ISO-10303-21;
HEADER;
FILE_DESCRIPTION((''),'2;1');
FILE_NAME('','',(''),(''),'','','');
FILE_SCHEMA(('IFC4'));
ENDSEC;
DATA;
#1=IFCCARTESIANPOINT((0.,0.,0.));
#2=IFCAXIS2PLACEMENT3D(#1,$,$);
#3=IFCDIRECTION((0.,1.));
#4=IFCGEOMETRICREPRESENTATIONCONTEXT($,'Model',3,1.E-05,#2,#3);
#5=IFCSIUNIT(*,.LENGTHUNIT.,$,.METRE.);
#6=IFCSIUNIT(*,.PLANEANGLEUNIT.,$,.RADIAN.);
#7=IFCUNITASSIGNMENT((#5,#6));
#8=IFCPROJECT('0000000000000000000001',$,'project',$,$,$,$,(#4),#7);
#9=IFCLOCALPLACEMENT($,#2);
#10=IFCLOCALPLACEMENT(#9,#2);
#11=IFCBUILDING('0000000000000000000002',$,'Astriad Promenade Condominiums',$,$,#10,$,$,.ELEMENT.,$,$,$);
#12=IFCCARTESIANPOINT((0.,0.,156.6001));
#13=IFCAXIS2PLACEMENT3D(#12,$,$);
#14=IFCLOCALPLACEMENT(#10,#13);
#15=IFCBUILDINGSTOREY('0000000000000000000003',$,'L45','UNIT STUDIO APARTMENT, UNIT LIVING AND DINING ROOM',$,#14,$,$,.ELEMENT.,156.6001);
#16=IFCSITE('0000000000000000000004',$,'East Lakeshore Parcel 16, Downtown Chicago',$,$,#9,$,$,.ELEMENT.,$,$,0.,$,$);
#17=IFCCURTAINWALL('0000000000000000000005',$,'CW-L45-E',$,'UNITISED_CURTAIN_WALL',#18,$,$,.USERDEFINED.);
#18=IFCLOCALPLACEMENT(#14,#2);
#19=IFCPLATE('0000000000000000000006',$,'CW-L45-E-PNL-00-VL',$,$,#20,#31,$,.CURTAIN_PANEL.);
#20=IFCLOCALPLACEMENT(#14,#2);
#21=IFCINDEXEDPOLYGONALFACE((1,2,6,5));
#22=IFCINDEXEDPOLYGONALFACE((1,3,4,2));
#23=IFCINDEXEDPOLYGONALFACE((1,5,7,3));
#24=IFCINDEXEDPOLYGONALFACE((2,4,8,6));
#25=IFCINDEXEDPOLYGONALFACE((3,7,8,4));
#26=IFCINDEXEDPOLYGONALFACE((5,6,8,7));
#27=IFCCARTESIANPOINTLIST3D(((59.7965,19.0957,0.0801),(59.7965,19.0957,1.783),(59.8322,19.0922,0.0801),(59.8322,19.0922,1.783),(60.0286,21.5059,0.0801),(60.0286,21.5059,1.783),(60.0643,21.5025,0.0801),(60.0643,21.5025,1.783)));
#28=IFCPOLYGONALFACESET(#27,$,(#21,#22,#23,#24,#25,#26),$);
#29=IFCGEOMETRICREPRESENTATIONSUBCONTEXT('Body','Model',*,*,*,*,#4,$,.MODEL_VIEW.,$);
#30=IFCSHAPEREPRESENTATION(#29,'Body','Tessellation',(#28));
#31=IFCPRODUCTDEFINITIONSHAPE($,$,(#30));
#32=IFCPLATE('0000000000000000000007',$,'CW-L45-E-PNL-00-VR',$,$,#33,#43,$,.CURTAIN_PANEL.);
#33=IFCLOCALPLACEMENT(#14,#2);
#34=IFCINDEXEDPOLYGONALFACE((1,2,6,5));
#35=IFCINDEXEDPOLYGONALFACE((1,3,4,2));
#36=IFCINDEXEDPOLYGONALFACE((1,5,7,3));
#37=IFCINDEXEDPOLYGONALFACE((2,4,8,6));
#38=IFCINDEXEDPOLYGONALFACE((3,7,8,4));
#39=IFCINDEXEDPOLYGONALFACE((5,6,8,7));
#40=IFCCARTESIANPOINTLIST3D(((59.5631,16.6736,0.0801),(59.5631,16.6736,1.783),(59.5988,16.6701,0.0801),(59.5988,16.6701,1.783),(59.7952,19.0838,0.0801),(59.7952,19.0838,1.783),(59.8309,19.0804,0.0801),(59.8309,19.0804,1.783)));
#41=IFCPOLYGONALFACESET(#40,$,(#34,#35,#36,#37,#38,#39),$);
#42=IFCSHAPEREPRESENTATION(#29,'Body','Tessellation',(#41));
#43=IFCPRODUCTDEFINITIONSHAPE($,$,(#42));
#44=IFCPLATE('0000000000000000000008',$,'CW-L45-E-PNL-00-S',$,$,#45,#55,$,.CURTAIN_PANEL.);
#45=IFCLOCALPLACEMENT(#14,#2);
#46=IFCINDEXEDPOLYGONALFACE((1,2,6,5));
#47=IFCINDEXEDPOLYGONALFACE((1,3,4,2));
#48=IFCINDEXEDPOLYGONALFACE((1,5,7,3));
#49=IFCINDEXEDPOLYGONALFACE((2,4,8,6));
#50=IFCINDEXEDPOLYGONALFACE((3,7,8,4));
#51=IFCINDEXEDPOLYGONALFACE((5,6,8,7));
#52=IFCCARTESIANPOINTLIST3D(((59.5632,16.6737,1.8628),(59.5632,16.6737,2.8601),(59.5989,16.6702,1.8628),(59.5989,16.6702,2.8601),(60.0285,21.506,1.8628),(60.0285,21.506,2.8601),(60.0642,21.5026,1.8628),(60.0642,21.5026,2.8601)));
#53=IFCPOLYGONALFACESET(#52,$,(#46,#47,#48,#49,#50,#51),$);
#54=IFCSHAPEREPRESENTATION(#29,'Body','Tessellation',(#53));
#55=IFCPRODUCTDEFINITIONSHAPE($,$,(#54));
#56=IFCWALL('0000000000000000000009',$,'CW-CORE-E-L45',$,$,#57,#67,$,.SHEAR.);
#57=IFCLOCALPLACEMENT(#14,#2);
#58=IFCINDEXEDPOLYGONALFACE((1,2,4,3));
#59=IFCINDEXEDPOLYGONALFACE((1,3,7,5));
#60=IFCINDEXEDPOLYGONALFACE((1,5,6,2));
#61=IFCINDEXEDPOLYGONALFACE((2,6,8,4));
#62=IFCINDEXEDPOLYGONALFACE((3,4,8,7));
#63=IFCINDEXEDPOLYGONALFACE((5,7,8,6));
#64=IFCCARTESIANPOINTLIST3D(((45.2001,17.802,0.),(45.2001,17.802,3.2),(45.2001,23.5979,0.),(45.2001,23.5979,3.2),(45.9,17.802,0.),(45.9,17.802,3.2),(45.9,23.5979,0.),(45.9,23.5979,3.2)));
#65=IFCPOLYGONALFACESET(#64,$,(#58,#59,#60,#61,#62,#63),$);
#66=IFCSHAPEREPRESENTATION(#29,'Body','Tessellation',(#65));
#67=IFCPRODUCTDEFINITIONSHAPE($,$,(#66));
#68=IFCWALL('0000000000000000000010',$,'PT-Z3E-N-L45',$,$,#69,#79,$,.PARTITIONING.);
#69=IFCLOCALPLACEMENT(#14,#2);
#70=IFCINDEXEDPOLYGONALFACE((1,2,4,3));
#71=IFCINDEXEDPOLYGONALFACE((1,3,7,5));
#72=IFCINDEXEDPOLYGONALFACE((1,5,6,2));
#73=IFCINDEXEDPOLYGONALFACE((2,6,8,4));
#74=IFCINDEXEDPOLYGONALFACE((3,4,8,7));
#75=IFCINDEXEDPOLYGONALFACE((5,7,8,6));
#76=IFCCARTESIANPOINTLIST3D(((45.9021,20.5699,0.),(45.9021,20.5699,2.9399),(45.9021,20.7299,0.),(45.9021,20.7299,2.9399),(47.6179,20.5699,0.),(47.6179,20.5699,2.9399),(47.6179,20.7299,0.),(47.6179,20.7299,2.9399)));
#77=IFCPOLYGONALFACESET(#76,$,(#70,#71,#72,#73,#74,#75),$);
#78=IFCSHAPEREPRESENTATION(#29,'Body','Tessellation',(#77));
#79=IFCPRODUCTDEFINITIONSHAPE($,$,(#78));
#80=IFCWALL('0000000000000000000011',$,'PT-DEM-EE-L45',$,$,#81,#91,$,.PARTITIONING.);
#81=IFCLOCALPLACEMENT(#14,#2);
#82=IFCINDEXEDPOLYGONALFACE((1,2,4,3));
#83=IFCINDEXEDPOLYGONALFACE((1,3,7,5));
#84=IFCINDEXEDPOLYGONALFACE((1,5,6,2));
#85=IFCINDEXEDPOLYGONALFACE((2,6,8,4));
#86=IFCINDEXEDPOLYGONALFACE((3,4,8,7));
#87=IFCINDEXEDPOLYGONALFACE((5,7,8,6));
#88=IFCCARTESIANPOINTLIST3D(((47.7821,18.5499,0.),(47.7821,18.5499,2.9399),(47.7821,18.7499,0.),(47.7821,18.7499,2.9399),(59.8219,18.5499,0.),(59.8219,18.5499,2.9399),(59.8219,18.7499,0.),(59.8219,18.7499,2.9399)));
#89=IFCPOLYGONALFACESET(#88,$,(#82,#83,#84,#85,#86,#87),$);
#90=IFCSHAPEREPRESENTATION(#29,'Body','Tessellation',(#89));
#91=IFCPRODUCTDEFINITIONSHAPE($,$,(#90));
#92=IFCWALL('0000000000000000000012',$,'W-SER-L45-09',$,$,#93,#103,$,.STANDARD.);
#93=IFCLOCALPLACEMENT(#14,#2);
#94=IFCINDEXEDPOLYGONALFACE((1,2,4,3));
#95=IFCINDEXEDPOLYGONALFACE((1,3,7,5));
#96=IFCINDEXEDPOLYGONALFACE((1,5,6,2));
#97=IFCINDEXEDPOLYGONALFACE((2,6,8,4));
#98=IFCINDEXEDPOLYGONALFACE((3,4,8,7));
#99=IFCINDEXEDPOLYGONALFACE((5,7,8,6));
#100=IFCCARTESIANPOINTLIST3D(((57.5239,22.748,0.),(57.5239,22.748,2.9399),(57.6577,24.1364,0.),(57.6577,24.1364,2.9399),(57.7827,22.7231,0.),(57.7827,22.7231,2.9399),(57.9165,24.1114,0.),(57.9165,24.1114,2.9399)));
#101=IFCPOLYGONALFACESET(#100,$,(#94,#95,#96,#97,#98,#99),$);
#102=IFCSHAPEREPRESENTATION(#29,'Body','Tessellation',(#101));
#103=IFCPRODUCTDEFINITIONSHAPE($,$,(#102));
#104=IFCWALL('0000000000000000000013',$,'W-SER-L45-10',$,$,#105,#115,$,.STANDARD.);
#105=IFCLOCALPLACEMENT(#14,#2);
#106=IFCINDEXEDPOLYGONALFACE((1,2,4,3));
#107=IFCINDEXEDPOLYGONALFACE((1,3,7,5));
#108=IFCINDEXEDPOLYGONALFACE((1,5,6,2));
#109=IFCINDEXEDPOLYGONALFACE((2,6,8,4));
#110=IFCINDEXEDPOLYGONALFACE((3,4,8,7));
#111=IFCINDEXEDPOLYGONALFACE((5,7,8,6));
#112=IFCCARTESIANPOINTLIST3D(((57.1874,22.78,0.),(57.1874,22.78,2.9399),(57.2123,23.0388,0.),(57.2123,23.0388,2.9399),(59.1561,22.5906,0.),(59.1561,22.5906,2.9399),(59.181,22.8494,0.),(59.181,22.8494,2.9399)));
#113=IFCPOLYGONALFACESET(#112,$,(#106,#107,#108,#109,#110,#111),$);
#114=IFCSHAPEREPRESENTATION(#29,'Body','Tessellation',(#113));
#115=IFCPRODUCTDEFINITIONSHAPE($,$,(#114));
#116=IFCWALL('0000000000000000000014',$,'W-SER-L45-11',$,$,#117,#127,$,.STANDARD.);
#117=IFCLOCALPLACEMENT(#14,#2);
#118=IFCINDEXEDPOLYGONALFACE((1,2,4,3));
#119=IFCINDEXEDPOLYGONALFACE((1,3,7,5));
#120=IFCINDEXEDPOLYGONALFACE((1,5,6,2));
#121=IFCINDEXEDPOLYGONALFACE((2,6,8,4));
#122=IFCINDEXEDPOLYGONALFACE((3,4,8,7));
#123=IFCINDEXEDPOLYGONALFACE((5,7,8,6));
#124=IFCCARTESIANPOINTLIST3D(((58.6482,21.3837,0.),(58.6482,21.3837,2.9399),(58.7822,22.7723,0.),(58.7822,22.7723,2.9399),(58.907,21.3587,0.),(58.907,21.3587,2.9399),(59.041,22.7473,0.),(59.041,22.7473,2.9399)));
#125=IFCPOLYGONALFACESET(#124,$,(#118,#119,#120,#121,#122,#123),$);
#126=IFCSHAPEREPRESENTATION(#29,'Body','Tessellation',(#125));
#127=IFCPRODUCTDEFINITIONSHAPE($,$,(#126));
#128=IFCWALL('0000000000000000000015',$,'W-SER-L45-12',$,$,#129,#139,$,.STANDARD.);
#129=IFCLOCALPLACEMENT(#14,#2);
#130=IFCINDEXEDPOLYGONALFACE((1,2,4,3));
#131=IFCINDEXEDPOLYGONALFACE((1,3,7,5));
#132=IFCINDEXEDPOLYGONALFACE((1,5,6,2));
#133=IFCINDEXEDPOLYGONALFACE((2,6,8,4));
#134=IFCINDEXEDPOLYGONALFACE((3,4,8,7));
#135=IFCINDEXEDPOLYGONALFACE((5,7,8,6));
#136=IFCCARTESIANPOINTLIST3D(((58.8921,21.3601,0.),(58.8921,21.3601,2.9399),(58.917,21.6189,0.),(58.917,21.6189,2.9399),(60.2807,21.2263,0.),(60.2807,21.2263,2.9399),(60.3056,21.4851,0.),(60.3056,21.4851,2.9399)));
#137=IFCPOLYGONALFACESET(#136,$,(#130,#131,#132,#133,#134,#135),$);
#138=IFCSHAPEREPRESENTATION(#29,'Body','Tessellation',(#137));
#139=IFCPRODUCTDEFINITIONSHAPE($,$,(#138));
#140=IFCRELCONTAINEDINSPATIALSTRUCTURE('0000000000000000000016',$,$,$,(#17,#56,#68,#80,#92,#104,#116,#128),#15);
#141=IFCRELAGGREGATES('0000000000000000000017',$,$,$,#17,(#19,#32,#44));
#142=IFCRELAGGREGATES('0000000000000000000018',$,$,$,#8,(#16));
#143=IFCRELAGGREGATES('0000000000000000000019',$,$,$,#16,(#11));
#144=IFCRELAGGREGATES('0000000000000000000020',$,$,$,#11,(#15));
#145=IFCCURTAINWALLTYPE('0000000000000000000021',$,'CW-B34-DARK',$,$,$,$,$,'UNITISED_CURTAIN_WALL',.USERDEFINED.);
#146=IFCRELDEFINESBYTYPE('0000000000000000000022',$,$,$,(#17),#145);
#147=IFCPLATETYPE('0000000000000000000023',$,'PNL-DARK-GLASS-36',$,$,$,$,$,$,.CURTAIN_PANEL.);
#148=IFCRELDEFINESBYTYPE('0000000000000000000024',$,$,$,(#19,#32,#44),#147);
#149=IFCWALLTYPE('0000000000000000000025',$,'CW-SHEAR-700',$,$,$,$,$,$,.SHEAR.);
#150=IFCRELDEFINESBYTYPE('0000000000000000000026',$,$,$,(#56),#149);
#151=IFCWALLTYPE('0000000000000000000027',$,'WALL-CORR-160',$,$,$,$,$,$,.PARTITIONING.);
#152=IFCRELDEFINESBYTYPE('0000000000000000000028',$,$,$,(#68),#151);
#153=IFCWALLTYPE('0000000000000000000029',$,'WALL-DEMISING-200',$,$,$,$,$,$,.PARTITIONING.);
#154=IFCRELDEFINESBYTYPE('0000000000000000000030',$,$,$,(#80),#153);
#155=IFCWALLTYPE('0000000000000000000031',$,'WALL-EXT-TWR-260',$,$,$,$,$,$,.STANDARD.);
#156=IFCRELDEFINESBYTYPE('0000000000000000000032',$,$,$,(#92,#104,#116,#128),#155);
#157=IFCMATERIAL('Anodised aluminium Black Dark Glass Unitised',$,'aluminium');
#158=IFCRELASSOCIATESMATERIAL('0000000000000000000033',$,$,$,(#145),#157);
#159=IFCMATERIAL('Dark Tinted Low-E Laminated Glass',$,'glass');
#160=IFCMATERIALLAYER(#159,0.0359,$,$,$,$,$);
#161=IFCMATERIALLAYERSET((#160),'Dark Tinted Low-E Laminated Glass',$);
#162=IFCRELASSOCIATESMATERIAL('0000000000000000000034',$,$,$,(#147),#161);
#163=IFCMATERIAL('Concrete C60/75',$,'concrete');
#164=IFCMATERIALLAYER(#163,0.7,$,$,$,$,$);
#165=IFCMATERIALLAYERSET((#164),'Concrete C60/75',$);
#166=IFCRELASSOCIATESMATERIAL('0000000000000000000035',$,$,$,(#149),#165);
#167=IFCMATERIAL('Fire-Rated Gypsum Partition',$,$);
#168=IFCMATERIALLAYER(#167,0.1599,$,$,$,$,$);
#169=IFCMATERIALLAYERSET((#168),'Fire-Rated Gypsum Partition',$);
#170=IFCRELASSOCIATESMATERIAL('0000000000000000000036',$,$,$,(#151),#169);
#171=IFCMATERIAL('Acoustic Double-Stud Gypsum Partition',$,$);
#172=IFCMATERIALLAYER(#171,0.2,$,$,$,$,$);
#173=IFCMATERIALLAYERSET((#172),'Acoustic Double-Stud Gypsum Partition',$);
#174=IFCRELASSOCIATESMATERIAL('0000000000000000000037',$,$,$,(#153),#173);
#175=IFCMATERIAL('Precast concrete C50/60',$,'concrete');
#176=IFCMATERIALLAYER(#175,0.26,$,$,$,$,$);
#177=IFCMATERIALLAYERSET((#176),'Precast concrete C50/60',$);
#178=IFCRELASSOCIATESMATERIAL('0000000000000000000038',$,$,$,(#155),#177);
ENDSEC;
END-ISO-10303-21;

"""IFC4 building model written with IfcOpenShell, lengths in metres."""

from ifc_helpers import new_model, si_unit, direction, frame, frame_2d, origin, origin_2d, place, context, subcontext, project, spatial, rectangle, extrude, source, transform, mapped, material, layer, layer_set, type_object, type_shapes, element, aggregate, save


model = new_model("IFC4")

# Units and contexts
model_context = context("Model", 3, precision=1e-05, world=origin(), true_north=direction((0.0, 1.0)))
body_context = subcontext(model_context, "Body", "Model", "MODEL_VIEW")
ifc_project = project(units=[si_unit("LENGTHUNIT", "METRE"), si_unit("PLANEANGLEUNIT", "RADIAN")], contexts=[model_context])

# Site, building, storey
site_placement = place(None, origin())
site = spatial("IfcSite", under=ifc_project, at=site_placement, Name="East Lakeshore Parcel 16, Downtown Chicago", CompositionType="ELEMENT", RefElevation=0.0)
building_placement = place(site_placement, origin())
building = spatial("IfcBuilding", under=site, at=building_placement, Name="Astriad Promenade Condominiums", CompositionType="ELEMENT")
storey_placement = place(building_placement, frame((0.0, 0.0, 156.6001)))
storey = spatial("IfcBuildingStorey", under=building, at=storey_placement, Name="L45", Description="UNIT STUDIO APARTMENT, UNIT LIVING AND DINING ROOM", CompositionType="ELEMENT", Elevation=156.6001)

# Shared definitions
ifc_material_1 = material(Name="Concrete C60/75", Category="concrete")

# Curtain wall, plates
ifc_material_2 = material(Name="Anodised aluminium Black Dark Glass Unitised", Category="aluminium")
curtain_wall_type = type_object("IfcCurtainWallType", Name="CW-B34-DARK", ElementType="UNITISED_CURTAIN_WALL", PredefinedType="USERDEFINED", material=ifc_material_2)
curtain_wall_placement = place(storey_placement, origin())
curtain_wall = element("IfcCurtainWall", 1, at=curtain_wall_placement, inside=storey, type_object=curtain_wall_type, Name="CW-L45-E", ObjectType="UNITISED_CURTAIN_WALL", PredefinedType="USERDEFINED")
ifc_material_3 = material(Name="Dark Tinted Low-E Laminated Glass", Category="glass")
ifc_layer_1 = layer(ifc_material_3, 0.0359)
ifc_layer_set_1 = layer_set([ifc_layer_1], Name="Dark Tinted Low-E Laminated Glass")
plate_type = type_object("IfcPlateType", Name="PNL-DARK-GLASS-36", PredefinedType="CURTAIN_PANEL", material=ifc_layer_set_1)
shared_shape_1 = source(origin(), body_context, "Body", "SweptSolid", [
    extrude(rectangle(XDim=2.4214, YDim=0.0359, at=origin_2d()), origin(), (0.0, 0.0, 1.0), 1.7029),
])
plate_1_placement = place(storey_placement, frame((59.9304, 20.2991, 0.0801), z_axis=(0.0, 0.0, 1.0), x_axis=(-0.095846, -0.995396, 0.0)))
plate_1 = element("IfcPlate", 2, at=plate_1_placement, type_object=plate_type, Name="CW-L45-E-PNL-00-VL", PredefinedType="CURTAIN_PANEL", context=body_context, shape_type="MappedRepresentation", body=[
    mapped(shared_shape_1, transform((0.0, 0.0, 0.0), scale=1.0)),
])
plate_2_placement = place(storey_placement, frame((59.697, 17.877, 0.0801), z_axis=(0.0, 0.0, 1.0), x_axis=(-0.095846, -0.995396, 0.0)))
plate_2 = element("IfcPlate", 3, at=plate_2_placement, type_object=plate_type, Name="CW-L45-E-PNL-00-VR", PredefinedType="CURTAIN_PANEL", context=body_context, shape_type="MappedRepresentation", body=[
    mapped(shared_shape_1, transform((0.0, 0.0, 0.0), scale=1.0)),
])
shared_shape_2 = source(origin(), body_context, "Body", "SweptSolid", [
    extrude(rectangle(XDim=4.8547, YDim=0.0359, at=origin_2d()), origin(), (0.0, 0.0, 1.0), 0.9973),
])
type_shapes(plate_type, [shared_shape_1, shared_shape_2])
plate_3_placement = place(storey_placement, frame((59.8137, 19.0881, 1.8628), z_axis=(0.0, 0.0, 1.0), x_axis=(-0.095846, -0.995396, 0.0)))
plate_3 = element("IfcPlate", 4, at=plate_3_placement, type_object=plate_type, Name="CW-L45-E-PNL-00-S", PredefinedType="CURTAIN_PANEL", context=body_context, shape_type="MappedRepresentation", body=[
    mapped(shared_shape_2, transform((0.0, 0.0, 0.0), scale=1.0)),
])
aggregate(curtain_wall, [plate_1, plate_2, plate_3])

# Walls
ifc_layer_2 = layer(ifc_material_1, 0.7)
ifc_layer_set_2 = layer_set([ifc_layer_2], Name="Concrete C60/75")
wall_type_1 = type_object("IfcWallType", Name="CW-SHEAR-700", PredefinedType="SHEAR", material=ifc_layer_set_2)
wall_1_placement = place(storey_placement, frame((45.55, 17.802, 0.0), z_axis=(0.0, 0.0, 1.0), x_axis=(0.0, 1.0, 0.0)))
element("IfcWall", 5, at=wall_1_placement, inside=storey, type_object=wall_type_1, Name="CW-CORE-E-L45", PredefinedType="SHEAR", context=body_context, shape_type="SweptSolid", body=[
    extrude(rectangle(XDim=5.7959, YDim=0.7, at=frame_2d((2.8979, 0.0))), origin(), (0.0, 0.0, 1.0), 3.2),
])
ifc_material_4 = material(Name="Fire-Rated Gypsum Partition")
ifc_layer_3 = layer(ifc_material_4, 0.1599)
ifc_layer_set_3 = layer_set([ifc_layer_3], Name="Fire-Rated Gypsum Partition")
wall_type_2 = type_object("IfcWallType", Name="WALL-CORR-160", PredefinedType="PARTITIONING", material=ifc_layer_set_3)
wall_2_placement = place(storey_placement, frame((45.9021, 20.6499, 0.0), z_axis=(0.0, 0.0, 1.0), x_axis=(1.0, 0.0, 0.0)))
element("IfcWall", 6, at=wall_2_placement, inside=storey, type_object=wall_type_2, Name="PT-Z3E-N-L45", PredefinedType="PARTITIONING", context=body_context, shape_type="SweptSolid", body=[
    extrude(rectangle(XDim=1.7158, YDim=0.1599, at=frame_2d((0.8579, 0.0))), origin(), (0.0, 0.0, 1.0), 2.9399),
])
ifc_material_5 = material(Name="Acoustic Double-Stud Gypsum Partition")
ifc_layer_4 = layer(ifc_material_5, 0.2)
ifc_layer_set_4 = layer_set([ifc_layer_4], Name="Acoustic Double-Stud Gypsum Partition")
wall_type_3 = type_object("IfcWallType", Name="WALL-DEMISING-200", PredefinedType="PARTITIONING", material=ifc_layer_set_4)
wall_3_placement = place(storey_placement, frame((47.782, 18.6499, 0.0), z_axis=(0.0, 0.0, 1.0), x_axis=(1.0, 0.0, 0.0)))
element("IfcWall", 7, at=wall_3_placement, inside=storey, type_object=wall_type_3, Name="PT-DEM-EE-L45", PredefinedType="PARTITIONING", context=body_context, shape_type="SweptSolid", body=[
    extrude(rectangle(XDim=12.0398, YDim=0.2, at=frame_2d((6.02, 0.0))), origin(), (0.0, 0.0, 1.0), 2.9399),
])
ifc_material_6 = material(Name="Precast concrete C50/60", Category="concrete")
ifc_layer_5 = layer(ifc_material_6, 0.26)
ifc_layer_set_5 = layer_set([ifc_layer_5], Name="Precast concrete C50/60")
wall_type_4 = type_object("IfcWallType", Name="WALL-EXT-TWR-260", PredefinedType="STANDARD", material=ifc_layer_set_5)
wall_4_placement = place(storey_placement, frame((57.7871, 24.1238, 0.0), z_axis=(0.0, 0.0, 1.0), x_axis=(-0.095916, -0.995389, 0.0)))
element("IfcWall", 8, at=wall_4_placement, inside=storey, type_object=wall_type_4, Name="W-SER-L45-09", PredefinedType="STANDARD", context=body_context, shape_type="SweptSolid", body=[
    extrude(rectangle(XDim=1.3948, YDim=0.26, at=frame_2d((0.6973, 0.0))), origin(), (0.0, 0.0, 1.0), 2.9399),
])
wall_5_placement = place(storey_placement, frame((57.2, 22.9094, 0.0), z_axis=(0.0, 0.0, 1.0), x_axis=(0.995402, -0.095788, 0.0)))
element("IfcWall", 9, at=wall_5_placement, inside=storey, type_object=wall_type_4, Name="W-SER-L45-10", PredefinedType="STANDARD", context=body_context, shape_type="SweptSolid", body=[
    extrude(rectangle(XDim=1.9778, YDim=0.26, at=frame_2d((0.9888, 0.0))), origin(), (0.0, 0.0, 1.0), 2.9399),
])
for number, where, z_axis, x_axis, name in (
    (10, (58.9116, 22.7598, 0.0), (0.0, 0.0, 1.0), (-0.096073, -0.995374, 0.0), "W-SER-L45-11"),
    (11, (58.9045, 21.4895, 0.0), (0.0, 0.0, 1.0), (0.995391, -0.095899, 0.0), "W-SER-L45-12"),
):
    element("IfcWall", number, at=place(storey_placement, frame(where, z_axis=z_axis, x_axis=x_axis)), inside=storey, type_object=wall_type_4, Name=name, PredefinedType="STANDARD", context=body_context, shape_type="SweptSolid", body=[
        extrude(rectangle(XDim=1.395, YDim=0.26, at=frame_2d((0.6975, 0.0))), origin(), (0.0, 0.0, 1.0), 2.9399),
    ])

save(model, "model.ifc")
